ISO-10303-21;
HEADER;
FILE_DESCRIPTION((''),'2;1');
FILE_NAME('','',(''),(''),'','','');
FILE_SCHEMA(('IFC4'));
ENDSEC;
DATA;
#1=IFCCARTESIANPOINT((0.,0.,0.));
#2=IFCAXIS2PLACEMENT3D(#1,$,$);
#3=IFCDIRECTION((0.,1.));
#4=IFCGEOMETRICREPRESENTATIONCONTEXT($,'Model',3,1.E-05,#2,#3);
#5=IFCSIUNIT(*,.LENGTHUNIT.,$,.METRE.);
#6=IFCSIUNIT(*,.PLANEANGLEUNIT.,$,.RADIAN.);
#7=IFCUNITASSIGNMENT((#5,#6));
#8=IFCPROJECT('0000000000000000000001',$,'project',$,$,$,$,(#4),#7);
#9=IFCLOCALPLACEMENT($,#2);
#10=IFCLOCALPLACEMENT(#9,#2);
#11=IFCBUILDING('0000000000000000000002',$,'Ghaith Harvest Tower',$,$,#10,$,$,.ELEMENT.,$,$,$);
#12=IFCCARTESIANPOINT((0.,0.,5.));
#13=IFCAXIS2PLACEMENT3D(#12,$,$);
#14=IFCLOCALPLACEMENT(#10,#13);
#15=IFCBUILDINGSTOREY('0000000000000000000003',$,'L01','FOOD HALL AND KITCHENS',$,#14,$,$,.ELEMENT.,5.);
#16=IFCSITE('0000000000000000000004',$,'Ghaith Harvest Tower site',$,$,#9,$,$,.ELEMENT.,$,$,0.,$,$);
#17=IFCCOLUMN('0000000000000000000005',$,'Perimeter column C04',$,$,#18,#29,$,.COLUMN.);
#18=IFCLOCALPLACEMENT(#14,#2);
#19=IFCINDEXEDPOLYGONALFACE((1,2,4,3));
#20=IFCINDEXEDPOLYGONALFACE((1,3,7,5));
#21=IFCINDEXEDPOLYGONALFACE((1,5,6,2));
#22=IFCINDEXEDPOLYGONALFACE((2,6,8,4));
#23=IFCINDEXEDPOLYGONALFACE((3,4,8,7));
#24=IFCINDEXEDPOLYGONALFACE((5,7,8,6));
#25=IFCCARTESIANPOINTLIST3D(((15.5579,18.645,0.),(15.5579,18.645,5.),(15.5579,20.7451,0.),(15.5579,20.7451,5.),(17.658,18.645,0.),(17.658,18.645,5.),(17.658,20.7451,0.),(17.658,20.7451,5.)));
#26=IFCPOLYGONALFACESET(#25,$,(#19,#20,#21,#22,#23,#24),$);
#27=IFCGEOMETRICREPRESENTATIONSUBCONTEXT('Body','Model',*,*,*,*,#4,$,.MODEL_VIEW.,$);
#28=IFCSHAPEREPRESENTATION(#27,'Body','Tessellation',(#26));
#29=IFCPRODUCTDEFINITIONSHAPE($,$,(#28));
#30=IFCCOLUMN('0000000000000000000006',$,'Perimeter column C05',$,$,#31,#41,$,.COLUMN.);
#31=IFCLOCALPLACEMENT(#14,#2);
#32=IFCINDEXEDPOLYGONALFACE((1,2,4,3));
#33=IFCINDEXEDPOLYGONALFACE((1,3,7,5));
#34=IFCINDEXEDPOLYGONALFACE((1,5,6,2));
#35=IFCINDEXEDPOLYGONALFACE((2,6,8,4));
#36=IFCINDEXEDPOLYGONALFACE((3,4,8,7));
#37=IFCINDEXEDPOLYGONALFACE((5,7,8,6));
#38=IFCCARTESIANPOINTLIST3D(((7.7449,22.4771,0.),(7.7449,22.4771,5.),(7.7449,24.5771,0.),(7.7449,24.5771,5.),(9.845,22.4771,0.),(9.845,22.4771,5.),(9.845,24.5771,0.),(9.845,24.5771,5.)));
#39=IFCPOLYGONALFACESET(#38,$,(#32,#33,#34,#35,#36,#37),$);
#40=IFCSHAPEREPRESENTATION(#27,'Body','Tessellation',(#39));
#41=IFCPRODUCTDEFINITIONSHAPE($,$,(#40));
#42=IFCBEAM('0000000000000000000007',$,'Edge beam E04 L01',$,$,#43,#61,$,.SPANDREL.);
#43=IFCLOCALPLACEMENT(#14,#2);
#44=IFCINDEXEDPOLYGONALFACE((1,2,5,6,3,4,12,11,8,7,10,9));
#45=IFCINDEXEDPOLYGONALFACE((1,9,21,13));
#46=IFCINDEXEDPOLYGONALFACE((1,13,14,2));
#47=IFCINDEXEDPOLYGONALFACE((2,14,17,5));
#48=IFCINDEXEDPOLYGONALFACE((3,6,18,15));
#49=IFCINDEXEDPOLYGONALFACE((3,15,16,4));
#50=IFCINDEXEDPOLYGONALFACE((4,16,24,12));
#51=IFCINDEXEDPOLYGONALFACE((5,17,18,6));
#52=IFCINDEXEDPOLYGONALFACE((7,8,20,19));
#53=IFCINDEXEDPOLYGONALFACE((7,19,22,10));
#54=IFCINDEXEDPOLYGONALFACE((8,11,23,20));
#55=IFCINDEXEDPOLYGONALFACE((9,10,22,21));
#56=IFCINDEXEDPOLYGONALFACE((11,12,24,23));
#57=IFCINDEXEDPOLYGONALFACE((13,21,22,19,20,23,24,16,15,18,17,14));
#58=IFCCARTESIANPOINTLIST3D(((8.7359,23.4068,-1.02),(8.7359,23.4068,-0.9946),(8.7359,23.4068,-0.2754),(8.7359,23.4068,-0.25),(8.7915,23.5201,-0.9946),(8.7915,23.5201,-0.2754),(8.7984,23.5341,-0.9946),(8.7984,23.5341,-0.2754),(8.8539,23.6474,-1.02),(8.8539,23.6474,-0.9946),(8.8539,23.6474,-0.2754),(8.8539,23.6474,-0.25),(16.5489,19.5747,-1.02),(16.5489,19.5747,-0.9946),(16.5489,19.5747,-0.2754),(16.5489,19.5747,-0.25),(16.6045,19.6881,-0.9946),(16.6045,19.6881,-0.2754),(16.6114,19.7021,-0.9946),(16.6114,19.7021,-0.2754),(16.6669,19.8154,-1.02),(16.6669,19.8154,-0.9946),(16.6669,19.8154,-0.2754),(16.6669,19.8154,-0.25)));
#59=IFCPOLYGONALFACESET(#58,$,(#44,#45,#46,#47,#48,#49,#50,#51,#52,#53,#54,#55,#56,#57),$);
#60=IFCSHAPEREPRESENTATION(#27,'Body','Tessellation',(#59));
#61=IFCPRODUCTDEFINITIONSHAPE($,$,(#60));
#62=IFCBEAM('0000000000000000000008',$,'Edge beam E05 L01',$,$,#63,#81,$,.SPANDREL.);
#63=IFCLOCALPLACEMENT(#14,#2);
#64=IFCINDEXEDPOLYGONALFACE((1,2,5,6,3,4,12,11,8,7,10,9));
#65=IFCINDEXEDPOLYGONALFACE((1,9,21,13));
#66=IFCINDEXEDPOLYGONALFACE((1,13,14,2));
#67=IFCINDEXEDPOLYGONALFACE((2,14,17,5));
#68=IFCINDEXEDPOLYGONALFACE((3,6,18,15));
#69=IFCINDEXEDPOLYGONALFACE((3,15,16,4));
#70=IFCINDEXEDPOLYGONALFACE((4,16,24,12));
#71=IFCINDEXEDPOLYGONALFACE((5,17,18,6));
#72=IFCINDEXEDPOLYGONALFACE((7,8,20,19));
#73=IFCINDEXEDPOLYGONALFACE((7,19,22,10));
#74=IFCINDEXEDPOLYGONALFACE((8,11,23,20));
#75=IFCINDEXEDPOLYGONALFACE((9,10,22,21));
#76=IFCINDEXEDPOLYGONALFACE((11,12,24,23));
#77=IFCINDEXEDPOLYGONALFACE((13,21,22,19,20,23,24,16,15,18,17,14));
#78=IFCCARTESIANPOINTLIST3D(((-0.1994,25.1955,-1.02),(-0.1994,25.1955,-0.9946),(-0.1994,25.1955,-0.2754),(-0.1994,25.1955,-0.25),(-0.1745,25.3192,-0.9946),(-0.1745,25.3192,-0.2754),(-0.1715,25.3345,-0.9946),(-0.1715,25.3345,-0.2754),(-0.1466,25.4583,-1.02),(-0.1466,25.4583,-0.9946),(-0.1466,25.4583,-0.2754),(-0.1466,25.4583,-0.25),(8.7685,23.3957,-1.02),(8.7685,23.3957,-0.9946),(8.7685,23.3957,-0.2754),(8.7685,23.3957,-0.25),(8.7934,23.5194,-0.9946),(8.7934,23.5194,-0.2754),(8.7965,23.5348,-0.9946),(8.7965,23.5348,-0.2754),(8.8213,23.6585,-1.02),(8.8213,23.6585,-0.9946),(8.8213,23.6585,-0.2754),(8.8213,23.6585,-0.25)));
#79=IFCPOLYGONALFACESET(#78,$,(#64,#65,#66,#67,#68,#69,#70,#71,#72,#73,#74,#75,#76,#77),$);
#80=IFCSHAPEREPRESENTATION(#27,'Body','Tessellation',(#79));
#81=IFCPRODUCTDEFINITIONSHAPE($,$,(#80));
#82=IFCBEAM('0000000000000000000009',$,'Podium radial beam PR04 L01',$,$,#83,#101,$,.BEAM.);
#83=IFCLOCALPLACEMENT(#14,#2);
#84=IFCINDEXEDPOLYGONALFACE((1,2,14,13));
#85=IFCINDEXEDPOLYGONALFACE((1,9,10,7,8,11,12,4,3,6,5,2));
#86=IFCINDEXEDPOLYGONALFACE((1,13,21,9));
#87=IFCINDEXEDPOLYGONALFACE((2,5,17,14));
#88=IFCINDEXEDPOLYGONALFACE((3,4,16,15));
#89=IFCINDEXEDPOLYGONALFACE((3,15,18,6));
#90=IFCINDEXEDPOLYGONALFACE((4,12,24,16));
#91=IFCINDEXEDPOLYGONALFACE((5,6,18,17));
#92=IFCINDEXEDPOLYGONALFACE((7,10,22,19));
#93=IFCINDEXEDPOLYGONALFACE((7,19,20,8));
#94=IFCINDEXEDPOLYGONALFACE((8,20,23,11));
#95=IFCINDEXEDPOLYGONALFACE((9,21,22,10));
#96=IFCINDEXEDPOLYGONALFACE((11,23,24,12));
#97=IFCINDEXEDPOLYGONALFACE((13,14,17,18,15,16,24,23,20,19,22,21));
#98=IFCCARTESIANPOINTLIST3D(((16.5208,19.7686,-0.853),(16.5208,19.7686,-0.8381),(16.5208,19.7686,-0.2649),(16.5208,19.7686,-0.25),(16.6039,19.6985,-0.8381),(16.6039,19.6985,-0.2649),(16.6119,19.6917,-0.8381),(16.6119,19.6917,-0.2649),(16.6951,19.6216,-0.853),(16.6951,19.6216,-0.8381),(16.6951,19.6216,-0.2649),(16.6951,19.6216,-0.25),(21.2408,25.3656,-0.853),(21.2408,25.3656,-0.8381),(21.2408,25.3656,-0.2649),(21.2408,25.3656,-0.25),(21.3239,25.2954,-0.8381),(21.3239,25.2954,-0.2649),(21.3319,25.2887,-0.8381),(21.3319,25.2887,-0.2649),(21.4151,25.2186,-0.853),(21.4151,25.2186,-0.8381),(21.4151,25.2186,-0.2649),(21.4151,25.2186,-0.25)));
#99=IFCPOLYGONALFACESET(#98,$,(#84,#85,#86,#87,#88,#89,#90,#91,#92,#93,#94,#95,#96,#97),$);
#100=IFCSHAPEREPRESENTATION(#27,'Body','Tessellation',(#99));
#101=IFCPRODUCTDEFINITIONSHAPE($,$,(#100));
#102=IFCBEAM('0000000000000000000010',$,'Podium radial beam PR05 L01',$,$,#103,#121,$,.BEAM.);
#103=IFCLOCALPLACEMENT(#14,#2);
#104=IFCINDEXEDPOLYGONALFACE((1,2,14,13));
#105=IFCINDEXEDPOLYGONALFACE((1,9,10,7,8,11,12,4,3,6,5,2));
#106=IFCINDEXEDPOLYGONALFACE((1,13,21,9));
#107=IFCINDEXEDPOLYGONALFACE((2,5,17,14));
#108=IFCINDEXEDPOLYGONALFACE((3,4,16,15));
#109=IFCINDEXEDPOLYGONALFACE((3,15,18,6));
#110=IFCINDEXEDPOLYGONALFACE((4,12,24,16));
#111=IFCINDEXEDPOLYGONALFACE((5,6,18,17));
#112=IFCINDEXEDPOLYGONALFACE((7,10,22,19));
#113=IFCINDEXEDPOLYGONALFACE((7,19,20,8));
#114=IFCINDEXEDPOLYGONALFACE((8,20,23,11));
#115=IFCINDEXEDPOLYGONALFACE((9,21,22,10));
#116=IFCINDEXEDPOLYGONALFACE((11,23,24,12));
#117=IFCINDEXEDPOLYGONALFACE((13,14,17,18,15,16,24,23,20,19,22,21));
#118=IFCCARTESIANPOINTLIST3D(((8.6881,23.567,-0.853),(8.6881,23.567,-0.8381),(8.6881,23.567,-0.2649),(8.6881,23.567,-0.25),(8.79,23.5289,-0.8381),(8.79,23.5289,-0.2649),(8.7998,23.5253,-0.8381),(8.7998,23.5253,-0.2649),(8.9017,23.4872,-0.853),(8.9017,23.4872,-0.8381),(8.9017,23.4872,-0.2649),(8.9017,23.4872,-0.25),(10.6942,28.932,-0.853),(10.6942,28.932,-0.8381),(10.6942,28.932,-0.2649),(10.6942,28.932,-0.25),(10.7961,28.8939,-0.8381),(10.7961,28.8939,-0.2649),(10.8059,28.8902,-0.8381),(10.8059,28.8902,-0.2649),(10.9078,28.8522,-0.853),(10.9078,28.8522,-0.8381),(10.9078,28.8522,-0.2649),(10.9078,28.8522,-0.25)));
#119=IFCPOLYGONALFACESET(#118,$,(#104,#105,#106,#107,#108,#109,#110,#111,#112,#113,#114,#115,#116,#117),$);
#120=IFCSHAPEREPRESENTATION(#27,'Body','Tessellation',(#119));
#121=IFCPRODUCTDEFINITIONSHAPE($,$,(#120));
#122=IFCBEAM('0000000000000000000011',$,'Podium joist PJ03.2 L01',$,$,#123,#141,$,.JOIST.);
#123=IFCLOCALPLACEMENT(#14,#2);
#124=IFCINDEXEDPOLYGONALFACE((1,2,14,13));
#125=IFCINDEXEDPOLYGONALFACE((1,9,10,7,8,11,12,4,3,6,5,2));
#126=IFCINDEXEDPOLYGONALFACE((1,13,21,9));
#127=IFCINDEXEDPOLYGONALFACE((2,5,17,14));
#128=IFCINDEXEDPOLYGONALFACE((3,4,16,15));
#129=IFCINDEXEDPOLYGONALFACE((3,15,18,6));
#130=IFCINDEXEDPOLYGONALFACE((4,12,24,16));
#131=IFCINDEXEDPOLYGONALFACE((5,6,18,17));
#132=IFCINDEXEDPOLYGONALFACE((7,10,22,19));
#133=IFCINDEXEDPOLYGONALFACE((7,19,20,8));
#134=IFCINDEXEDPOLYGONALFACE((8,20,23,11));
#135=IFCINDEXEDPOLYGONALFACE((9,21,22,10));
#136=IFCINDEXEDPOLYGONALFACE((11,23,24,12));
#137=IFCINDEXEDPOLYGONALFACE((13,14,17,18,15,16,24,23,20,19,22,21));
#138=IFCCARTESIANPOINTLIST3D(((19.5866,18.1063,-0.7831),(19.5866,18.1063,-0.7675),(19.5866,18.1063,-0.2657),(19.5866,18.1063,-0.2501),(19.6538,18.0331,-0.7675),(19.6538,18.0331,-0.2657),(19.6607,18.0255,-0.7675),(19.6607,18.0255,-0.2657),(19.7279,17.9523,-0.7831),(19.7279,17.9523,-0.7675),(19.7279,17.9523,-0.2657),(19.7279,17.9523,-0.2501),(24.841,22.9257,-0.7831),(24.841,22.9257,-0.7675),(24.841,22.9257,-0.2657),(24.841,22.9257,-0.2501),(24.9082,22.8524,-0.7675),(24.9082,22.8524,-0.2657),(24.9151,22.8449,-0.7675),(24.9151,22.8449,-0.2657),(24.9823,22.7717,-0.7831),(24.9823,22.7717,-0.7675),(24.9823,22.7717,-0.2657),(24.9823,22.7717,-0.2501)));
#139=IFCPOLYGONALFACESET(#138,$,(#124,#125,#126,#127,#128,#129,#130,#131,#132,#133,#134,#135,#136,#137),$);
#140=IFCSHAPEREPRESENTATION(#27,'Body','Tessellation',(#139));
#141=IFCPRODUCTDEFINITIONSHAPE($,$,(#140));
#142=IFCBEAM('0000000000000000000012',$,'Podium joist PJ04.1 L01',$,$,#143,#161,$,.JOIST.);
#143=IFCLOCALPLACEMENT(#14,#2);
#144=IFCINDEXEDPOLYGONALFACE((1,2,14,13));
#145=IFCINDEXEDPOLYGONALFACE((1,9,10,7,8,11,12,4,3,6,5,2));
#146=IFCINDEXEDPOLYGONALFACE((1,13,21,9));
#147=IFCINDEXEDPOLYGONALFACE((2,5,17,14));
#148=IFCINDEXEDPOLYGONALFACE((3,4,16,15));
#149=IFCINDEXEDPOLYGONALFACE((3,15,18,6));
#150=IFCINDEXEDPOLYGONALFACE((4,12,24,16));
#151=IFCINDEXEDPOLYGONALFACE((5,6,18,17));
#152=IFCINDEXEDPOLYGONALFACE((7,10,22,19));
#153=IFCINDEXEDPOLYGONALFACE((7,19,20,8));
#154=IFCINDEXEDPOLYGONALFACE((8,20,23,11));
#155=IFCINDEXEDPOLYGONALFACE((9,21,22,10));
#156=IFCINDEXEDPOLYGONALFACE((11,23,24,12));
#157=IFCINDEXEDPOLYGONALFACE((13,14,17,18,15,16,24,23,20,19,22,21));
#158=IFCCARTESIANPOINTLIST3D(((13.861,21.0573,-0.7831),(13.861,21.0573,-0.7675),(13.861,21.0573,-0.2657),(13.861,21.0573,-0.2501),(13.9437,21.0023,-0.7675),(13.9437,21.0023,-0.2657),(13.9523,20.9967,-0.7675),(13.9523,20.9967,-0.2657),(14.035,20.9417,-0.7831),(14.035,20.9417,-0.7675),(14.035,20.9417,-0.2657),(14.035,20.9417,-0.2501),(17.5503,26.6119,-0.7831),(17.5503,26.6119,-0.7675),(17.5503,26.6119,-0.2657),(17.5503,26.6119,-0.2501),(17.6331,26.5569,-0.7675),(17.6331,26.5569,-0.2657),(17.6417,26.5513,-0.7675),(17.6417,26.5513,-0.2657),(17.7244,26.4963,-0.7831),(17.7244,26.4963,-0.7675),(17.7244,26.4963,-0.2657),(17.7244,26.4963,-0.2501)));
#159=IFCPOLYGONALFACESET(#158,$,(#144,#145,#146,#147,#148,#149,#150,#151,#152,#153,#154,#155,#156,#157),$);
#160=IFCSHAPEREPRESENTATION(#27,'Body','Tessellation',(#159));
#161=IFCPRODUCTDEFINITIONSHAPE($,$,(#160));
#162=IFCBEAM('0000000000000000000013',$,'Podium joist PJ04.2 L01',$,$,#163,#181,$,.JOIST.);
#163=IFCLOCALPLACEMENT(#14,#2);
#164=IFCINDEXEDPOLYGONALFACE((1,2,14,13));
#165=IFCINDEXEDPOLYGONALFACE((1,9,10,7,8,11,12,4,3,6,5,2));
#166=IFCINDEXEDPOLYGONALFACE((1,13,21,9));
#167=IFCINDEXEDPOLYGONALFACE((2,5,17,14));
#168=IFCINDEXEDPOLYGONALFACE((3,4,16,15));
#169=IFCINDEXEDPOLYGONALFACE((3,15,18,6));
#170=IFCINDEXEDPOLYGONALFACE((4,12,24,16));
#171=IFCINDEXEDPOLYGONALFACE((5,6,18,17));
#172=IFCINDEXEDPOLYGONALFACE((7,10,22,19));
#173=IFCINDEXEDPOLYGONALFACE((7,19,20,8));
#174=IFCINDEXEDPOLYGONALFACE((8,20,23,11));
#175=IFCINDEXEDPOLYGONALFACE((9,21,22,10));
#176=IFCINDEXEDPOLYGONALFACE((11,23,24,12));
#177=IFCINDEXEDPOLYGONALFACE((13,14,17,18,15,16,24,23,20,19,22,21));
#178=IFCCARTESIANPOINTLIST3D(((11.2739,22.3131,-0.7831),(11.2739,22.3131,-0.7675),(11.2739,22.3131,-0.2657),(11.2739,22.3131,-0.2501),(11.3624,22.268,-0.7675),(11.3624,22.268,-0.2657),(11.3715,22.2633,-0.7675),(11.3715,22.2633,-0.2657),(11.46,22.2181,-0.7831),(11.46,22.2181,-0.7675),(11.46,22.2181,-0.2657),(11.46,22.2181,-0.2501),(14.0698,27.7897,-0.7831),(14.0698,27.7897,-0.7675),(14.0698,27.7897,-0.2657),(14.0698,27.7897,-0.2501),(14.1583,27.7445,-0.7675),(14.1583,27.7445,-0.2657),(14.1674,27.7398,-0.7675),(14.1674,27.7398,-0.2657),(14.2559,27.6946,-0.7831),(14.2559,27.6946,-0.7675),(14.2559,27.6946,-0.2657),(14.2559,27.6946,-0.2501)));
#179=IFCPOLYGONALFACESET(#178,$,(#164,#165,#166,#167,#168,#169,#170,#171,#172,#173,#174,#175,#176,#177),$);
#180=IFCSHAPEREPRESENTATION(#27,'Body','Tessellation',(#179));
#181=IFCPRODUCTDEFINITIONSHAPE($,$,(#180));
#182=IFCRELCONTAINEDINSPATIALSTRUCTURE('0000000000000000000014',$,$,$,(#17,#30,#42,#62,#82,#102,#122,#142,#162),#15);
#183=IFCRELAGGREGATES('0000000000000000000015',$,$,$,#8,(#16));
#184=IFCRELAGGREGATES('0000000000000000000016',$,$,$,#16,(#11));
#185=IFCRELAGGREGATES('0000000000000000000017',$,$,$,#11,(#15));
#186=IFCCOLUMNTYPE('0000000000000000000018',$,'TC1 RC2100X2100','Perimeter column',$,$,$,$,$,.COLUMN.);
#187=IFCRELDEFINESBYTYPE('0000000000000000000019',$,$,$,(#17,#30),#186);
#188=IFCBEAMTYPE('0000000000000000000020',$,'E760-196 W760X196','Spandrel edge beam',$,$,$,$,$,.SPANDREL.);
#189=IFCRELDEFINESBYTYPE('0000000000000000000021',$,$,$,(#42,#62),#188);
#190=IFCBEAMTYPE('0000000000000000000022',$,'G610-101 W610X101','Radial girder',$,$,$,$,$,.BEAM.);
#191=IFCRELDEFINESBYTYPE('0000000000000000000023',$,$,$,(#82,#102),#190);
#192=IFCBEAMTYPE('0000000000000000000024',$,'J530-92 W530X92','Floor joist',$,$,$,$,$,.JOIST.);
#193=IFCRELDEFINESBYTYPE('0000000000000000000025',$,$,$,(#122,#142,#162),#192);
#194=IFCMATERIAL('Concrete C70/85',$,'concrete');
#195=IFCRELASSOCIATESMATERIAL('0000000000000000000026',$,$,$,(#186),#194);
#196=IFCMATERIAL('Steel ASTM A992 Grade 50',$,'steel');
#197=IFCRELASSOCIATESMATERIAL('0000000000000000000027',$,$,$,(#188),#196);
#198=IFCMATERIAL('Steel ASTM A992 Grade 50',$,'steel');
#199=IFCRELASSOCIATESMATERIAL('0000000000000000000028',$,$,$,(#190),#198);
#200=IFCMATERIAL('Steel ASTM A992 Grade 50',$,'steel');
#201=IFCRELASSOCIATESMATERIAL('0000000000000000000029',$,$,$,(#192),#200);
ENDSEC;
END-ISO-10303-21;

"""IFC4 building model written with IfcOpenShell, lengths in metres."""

from ifc_helpers import new_model, si_unit, direction, frame, origin, origin_2d, place, context, subcontext, project, spatial, rectangle, i_section, extrude, material, material_profile, profile_set, type_object, element, save


model = new_model("IFC4")

# Units and contexts
model_context = context("Model", 3, precision=1e-05, world=origin(), true_north=direction((0.0, 1.0)))
body_context = subcontext(model_context, "Body", "Model", "MODEL_VIEW")
ifc_project = project(units=[si_unit("LENGTHUNIT", "METRE"), si_unit("PLANEANGLEUNIT", "RADIAN")], contexts=[model_context])

# Site, building, storey
site_placement = place(None, origin())
site = spatial("IfcSite", under=ifc_project, at=site_placement, Name="Ghaith Harvest Tower site", CompositionType="ELEMENT", RefElevation=0.0)
building_placement = place(site_placement, origin())
building = spatial("IfcBuilding", under=site, at=building_placement, Name="Ghaith Harvest Tower", CompositionType="ELEMENT")
storey_placement = place(building_placement, frame((0.0, 0.0, 5.0)))
storey = spatial("IfcBuildingStorey", under=building, at=storey_placement, Name="L01", Description="FOOD HALL AND KITCHENS", CompositionType="ELEMENT", Elevation=5.0)

# Columns
ifc_material_1 = material(Name="Concrete C70/85", Category="concrete")
ifc_material_profile_1 = material_profile(ifc_material_1, rectangle(XDim=2.1001, YDim=2.1001, at=origin_2d()), Name="RC2100X2100")
ifc_profile_set_1 = profile_set([ifc_material_profile_1], Name="Concrete C70/85")
column_type = type_object("IfcColumnType", Name="TC1 RC2100X2100", Description="Perimeter column", PredefinedType="COLUMN", material=ifc_profile_set_1)
for number, where, z_axis, x_axis, name in (
    (1, (16.6079, 19.6951, 0.0), (0.0, 0.0, 1.0), (1.0, 0.0, 0.0), "Perimeter column C04"),
    (2, (8.7949, 23.5271, 0.0), (0.0, 0.0, 1.0), (1.0, 0.0, 0.0), "Perimeter column C05"),
):
    element("IfcColumn", number, at=place(storey_placement, frame(where, z_axis=z_axis, x_axis=x_axis)), inside=storey, type_object=column_type, Name=name, PredefinedType="COLUMN", context=body_context, shape_type="SweptSolid", body=[
        extrude(rectangle(XDim=2.1001, YDim=2.1001, at=origin_2d()), origin(), (0.0, 0.0, 1.0), 5.0),
    ])

# Beams
ifc_material_2 = material(Name="Steel ASTM A992 Grade 50", Category="steel")
ifc_material_profile_2 = material_profile(ifc_material_2, i_section(OverallWidth=0.2681, OverallDepth=0.77, WebThickness=0.0156, FlangeThickness=0.0254, at=origin_2d()), Name="W760X196")
ifc_profile_set_2 = profile_set([ifc_material_profile_2], Name="Steel ASTM A992 Grade 50")
beam_type_1 = type_object("IfcBeamType", Name="E760-196 W760X196", Description="Spandrel edge beam", PredefinedType="SPANDREL", material=ifc_profile_set_2)
beam_1_placement = place(storey_placement, frame((16.6079, 19.6951, -0.635), z_axis=(-0.897824, 0.440355, 0.0), x_axis=(-0.440355, -0.897824, 0.0)))
element("IfcBeam", 3, at=beam_1_placement, inside=storey, type_object=beam_type_1, Name="Edge beam E04 L01", PredefinedType="SPANDREL", context=body_context, shape_type="SweptSolid", body=[
    extrude(i_section(OverallWidth=0.2681, OverallDepth=0.77, WebThickness=0.0156, FlangeThickness=0.0254, at=origin_2d()), origin(), (0.0, 0.0, 1.0), 8.7021),
])
beam_2_placement = place(storey_placement, frame((8.7949, 23.5271, -0.635), z_axis=(-0.98045, 0.196768, 0.0), x_axis=(-0.196768, -0.98045, 0.0)))
element("IfcBeam", 4, at=beam_2_placement, inside=storey, type_object=beam_type_1, Name="Edge beam E05 L01", PredefinedType="SPANDREL", context=body_context, shape_type="SweptSolid", body=[
    extrude(i_section(OverallWidth=0.2681, OverallDepth=0.77, WebThickness=0.0156, FlangeThickness=0.0254, at=origin_2d()), origin(), (0.0, 0.0, 1.0), 9.1467),
])
ifc_material_3 = material(Name="Steel ASTM A992 Grade 50", Category="steel")
ifc_material_profile_3 = material_profile(ifc_material_3, i_section(OverallWidth=0.228, OverallDepth=0.603, WebThickness=0.0105, FlangeThickness=0.0149, at=origin_2d()), Name="W610X101")
ifc_profile_set_3 = profile_set([ifc_material_profile_3], Name="Steel ASTM A992 Grade 50")
beam_type_2 = type_object("IfcBeamType", Name="G610-101 W610X101", Description="Radial girder", PredefinedType="BEAM", material=ifc_profile_set_3)
beam_3_placement = place(storey_placement, frame((16.6079, 19.6951, -0.5515), z_axis=(0.644677, 0.764455, 0.0), x_axis=(-0.764455, 0.644677, 0.0)))
element("IfcBeam", 5, at=beam_3_placement, inside=storey, type_object=beam_type_2, Name="Podium radial beam PR04 L01", PredefinedType="BEAM", context=body_context, shape_type="SweptSolid", body=[
    extrude(i_section(OverallWidth=0.228, OverallDepth=0.603, WebThickness=0.0105, FlangeThickness=0.0149, at=origin_2d()), origin(), (0.0, 0.0, 1.0), 7.3215),
])
beam_4_placement = place(storey_placement, frame((8.7949, 23.5271, -0.5515), z_axis=(0.35024, 0.93666, 0.0), x_axis=(-0.93666, 0.35024, 0.0)))
element("IfcBeam", 6, at=beam_4_placement, inside=storey, type_object=beam_type_2, Name="Podium radial beam PR05 L01", PredefinedType="BEAM", context=body_context, shape_type="SweptSolid", body=[
    extrude(i_section(OverallWidth=0.228, OverallDepth=0.603, WebThickness=0.0105, FlangeThickness=0.0149, at=origin_2d()), origin(), (0.0, 0.0, 1.0), 5.7278),
])
ifc_material_4 = material(Name="Steel ASTM A992 Grade 50", Category="steel")
ifc_material_profile_4 = material_profile(ifc_material_4, i_section(OverallWidth=0.209, OverallDepth=0.533, WebThickness=0.0103, FlangeThickness=0.0156, at=origin_2d()), Name="W530X92")
ifc_profile_set_4 = profile_set([ifc_material_profile_4], Name="Steel ASTM A992 Grade 50")
beam_type_3 = type_object("IfcBeamType", Name="J530-92 W530X92", Description="Floor joist", PredefinedType="JOIST", material=ifc_profile_set_4)
beam_5_placement = place(storey_placement, frame((19.6572, 18.0293, -0.5166), z_axis=(0.736958, 0.675939, 0.0), x_axis=(-0.675939, 0.736958, 0.0)))
element("IfcBeam", 7, at=beam_5_placement, inside=storey, type_object=beam_type_3, Name="Podium joist PJ03.2 L01", PredefinedType="JOIST", context=body_context, shape_type="SweptSolid", body=[
    extrude(i_section(OverallWidth=0.209, OverallDepth=0.533, WebThickness=0.0103, FlangeThickness=0.0156, at=origin_2d()), origin(), (0.0, 0.0, 1.0), 7.1299),
])
beam_6_placement = place(storey_placement, frame((13.948, 20.9995, -0.5166), z_axis=(0.55328, 0.832995, 0.0), x_axis=(-0.832995, 0.55328, 0.0)))
element("IfcBeam", 8, at=beam_6_placement, inside=storey, type_object=beam_type_3, Name="Podium joist PJ04.1 L01", PredefinedType="JOIST", context=body_context, shape_type="SweptSolid", body=[
    extrude(i_section(OverallWidth=0.209, OverallDepth=0.533, WebThickness=0.0103, FlangeThickness=0.0156, at=origin_2d()), origin(), (0.0, 0.0, 1.0), 6.6682),
])
beam_7_placement = place(storey_placement, frame((11.3669, 22.2656, -0.5166), z_axis=(0.454694, 0.890648, 0.0), x_axis=(-0.890648, 0.454694, 0.0)))
element("IfcBeam", 9, at=beam_7_placement, inside=storey, type_object=beam_type_3, Name="Podium joist PJ04.2 L01", PredefinedType="JOIST", context=body_context, shape_type="SweptSolid", body=[
    extrude(i_section(OverallWidth=0.209, OverallDepth=0.533, WebThickness=0.0103, FlangeThickness=0.0156, at=origin_2d()), origin(), (0.0, 0.0, 1.0), 6.1489),
])

save(model, "model.ifc")
